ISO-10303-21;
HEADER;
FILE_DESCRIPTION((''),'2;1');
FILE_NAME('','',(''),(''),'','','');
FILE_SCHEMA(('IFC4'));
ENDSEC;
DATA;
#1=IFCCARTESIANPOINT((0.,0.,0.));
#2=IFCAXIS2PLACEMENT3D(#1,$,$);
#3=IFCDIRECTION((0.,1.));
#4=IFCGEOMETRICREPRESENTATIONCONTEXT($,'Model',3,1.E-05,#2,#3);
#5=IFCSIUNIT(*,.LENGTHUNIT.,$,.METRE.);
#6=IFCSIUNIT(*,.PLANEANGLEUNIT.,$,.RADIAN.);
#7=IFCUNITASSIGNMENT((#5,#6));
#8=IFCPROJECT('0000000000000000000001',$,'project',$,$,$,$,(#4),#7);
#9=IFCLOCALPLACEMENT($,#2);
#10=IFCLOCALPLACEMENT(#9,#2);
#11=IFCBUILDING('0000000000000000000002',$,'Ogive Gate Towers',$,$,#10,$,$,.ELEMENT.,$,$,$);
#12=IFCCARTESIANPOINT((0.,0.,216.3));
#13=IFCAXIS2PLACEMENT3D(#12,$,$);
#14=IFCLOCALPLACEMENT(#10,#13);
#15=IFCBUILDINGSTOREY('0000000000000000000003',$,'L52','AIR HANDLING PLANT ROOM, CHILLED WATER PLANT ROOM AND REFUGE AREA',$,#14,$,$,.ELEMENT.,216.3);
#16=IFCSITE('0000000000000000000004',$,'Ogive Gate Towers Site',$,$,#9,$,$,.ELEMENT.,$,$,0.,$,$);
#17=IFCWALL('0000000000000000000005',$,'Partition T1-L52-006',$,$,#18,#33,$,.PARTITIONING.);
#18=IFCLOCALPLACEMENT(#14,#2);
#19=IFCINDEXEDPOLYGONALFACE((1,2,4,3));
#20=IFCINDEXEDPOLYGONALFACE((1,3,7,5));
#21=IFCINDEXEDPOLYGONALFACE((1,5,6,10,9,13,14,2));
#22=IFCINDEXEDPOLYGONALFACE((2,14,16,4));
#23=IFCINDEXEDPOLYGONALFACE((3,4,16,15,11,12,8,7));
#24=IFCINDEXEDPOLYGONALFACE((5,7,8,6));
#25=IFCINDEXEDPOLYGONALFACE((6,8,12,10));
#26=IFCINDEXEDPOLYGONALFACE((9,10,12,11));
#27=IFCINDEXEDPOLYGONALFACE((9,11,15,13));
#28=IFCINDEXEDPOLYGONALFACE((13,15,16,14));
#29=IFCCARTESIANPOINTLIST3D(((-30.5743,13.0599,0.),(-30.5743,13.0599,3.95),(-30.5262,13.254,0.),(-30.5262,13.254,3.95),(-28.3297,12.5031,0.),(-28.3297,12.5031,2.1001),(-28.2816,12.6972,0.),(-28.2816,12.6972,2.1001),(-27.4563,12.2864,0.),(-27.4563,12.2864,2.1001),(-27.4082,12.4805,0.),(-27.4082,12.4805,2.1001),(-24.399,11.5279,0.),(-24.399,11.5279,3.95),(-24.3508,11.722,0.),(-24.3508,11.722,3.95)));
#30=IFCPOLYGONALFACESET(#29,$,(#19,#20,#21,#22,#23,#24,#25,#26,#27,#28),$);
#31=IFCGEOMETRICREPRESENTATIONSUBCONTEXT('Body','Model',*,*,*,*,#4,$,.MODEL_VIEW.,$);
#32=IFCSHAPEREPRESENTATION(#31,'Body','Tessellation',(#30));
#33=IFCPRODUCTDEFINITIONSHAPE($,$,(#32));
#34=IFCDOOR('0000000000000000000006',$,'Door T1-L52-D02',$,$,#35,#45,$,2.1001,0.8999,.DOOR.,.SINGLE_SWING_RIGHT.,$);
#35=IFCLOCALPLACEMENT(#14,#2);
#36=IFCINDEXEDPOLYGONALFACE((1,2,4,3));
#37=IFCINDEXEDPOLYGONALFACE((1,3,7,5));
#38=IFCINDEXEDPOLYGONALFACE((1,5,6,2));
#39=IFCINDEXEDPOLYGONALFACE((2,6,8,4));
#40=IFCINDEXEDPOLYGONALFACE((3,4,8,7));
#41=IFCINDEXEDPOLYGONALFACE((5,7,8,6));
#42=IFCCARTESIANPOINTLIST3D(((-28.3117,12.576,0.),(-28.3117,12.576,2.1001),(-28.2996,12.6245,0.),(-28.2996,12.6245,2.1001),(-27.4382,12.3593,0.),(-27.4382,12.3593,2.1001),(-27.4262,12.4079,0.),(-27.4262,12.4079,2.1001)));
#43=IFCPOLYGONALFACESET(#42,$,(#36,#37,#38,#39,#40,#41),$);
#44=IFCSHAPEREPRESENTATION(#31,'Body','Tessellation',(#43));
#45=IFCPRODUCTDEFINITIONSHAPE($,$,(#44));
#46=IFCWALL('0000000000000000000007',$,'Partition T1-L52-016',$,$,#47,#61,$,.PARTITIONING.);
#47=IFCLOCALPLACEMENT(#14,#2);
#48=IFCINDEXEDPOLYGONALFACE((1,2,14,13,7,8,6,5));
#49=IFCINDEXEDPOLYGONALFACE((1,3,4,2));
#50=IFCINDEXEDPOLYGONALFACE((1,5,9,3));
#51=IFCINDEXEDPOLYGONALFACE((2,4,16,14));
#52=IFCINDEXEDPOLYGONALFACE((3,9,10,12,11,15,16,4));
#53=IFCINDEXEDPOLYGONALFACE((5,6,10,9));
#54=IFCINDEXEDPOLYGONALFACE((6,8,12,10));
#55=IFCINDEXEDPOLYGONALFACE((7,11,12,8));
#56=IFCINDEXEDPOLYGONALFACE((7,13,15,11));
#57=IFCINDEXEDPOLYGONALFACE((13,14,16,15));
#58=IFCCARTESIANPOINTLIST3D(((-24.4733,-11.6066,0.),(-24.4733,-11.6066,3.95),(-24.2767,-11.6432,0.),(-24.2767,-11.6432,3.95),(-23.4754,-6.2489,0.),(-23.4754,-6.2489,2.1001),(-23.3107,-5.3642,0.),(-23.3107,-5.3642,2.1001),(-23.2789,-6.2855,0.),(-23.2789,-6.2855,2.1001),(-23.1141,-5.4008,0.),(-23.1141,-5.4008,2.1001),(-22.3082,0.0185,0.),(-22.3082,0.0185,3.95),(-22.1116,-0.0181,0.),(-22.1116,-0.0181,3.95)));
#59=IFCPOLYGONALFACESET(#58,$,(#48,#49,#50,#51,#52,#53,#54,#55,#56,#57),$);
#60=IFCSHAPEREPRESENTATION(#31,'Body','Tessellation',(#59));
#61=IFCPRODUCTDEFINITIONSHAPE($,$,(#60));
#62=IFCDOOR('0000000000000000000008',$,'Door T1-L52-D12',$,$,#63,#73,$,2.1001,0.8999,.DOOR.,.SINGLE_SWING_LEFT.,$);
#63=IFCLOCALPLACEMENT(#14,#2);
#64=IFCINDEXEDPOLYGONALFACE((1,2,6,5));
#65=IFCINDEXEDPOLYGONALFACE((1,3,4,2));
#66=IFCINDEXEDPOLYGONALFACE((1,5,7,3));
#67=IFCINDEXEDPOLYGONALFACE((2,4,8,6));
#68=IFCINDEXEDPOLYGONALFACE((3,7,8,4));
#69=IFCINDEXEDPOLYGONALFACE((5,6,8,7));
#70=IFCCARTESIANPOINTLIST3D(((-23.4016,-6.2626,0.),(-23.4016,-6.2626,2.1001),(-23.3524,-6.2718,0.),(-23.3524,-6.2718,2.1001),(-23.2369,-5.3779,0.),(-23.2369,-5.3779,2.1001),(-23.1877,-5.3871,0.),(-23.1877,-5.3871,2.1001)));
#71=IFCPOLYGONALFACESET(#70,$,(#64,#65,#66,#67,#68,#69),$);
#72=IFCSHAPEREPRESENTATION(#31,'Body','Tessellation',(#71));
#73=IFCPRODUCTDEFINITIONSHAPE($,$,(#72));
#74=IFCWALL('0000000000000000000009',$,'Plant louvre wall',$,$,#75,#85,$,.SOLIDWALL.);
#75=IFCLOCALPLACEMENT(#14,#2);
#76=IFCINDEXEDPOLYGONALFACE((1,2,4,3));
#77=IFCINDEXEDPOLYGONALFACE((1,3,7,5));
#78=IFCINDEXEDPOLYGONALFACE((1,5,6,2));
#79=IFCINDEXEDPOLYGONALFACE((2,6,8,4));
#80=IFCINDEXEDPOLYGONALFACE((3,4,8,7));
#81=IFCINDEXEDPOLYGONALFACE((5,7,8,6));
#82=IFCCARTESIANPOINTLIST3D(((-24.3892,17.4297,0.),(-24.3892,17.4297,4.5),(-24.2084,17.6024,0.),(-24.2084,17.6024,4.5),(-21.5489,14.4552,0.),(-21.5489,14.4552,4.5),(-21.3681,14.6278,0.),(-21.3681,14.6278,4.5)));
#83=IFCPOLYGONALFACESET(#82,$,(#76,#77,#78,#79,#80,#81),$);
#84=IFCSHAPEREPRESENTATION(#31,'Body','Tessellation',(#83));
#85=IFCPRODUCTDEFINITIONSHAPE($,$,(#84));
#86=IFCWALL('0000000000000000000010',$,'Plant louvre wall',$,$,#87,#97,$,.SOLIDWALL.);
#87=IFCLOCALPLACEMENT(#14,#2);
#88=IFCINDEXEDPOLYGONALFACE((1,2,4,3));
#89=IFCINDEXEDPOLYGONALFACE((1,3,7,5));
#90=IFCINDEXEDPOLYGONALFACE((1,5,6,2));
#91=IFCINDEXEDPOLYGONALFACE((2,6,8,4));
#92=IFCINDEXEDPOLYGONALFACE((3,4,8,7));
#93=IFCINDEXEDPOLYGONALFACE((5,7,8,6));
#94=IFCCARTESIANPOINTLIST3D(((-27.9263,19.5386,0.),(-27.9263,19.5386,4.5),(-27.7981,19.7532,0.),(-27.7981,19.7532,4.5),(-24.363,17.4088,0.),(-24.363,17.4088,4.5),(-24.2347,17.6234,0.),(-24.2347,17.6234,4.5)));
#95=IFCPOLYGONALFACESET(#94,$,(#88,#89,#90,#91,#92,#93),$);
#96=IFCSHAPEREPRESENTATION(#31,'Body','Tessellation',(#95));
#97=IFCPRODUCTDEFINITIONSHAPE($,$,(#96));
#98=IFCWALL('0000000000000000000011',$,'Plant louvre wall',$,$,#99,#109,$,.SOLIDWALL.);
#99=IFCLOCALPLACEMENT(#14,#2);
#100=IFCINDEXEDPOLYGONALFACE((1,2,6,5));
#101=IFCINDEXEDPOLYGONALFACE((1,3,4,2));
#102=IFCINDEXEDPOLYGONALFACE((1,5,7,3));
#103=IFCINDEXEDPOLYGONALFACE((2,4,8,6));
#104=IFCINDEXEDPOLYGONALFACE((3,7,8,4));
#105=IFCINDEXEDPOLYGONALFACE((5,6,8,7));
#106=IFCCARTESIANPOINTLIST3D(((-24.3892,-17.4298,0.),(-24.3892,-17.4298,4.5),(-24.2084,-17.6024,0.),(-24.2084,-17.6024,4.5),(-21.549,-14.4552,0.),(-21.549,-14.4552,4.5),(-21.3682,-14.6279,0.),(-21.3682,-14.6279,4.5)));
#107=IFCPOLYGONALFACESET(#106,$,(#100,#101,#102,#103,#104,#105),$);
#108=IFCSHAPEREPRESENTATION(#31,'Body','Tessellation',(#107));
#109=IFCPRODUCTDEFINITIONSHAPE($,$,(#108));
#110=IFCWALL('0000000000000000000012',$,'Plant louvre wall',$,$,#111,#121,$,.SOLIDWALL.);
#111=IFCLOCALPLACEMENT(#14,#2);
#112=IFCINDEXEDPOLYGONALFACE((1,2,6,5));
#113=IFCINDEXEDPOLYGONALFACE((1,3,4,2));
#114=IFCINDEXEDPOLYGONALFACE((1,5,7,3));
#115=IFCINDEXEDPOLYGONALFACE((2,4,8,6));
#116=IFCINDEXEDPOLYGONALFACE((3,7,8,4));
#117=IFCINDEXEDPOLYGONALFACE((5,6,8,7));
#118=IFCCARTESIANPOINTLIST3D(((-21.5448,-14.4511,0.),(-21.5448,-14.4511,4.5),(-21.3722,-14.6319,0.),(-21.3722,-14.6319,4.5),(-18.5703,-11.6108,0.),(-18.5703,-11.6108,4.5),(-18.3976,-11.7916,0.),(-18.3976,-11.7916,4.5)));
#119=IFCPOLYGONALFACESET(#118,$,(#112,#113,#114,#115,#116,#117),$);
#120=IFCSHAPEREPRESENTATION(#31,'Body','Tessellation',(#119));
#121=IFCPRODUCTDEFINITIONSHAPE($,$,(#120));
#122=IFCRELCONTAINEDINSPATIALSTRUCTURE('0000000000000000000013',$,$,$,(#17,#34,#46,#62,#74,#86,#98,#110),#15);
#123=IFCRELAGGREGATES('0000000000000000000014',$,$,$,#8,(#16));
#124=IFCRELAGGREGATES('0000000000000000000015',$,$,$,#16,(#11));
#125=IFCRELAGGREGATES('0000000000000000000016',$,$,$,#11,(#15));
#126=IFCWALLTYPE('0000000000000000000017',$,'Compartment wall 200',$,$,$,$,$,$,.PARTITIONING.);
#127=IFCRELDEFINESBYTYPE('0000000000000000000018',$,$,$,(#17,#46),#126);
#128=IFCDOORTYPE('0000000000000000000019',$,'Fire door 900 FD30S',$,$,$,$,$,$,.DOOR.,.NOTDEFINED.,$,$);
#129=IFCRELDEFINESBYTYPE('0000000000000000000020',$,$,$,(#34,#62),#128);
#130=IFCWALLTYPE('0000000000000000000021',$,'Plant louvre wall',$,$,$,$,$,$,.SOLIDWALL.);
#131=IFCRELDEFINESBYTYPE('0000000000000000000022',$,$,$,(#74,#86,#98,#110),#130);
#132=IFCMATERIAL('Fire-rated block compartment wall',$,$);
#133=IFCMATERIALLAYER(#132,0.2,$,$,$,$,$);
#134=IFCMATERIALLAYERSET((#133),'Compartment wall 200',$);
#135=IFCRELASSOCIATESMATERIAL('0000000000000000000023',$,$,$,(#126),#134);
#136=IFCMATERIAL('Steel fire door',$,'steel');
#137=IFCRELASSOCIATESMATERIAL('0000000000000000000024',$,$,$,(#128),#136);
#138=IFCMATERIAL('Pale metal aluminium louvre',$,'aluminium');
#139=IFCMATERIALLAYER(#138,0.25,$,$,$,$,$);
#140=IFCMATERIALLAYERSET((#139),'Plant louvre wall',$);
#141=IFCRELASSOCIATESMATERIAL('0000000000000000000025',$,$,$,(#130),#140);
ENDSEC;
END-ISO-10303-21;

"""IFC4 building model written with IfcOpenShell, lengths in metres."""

from ifc_helpers import new_model, si_unit, direction, frame, frame_2d, origin, place, context, subcontext, project, spatial, rectangle, extrude, material, layer, layer_set, type_object, element, fill, save


model = new_model("IFC4")

# Units and contexts
model_context = context("Model", 3, precision=1e-05, world=origin(), true_north=direction((0.0, 1.0)))
body_context = subcontext(model_context, "Body", "Model", "MODEL_VIEW")
ifc_project = project(units=[si_unit("LENGTHUNIT", "METRE"), si_unit("PLANEANGLEUNIT", "RADIAN")], contexts=[model_context])

# Site, building, storey
site_placement = place(None, origin())
site = spatial("IfcSite", under=ifc_project, at=site_placement, Name="Ogive Gate Towers Site", CompositionType="ELEMENT", RefElevation=0.0)
building_placement = place(site_placement, origin())
building = spatial("IfcBuilding", under=site, at=building_placement, Name="Ogive Gate Towers", CompositionType="ELEMENT")
storey_placement = place(building_placement, frame((0.0, 0.0, 216.3)))
storey = spatial("IfcBuildingStorey", under=building, at=storey_placement, Name="L52", Description="AIR HANDLING PLANT ROOM, CHILLED WATER PLANT ROOM AND REFUGE AREA", CompositionType="ELEMENT", Elevation=216.3)

# Walls, openings, doors
ifc_material_1 = material(Name="Fire-rated block compartment wall")
ifc_layer_1 = layer(ifc_material_1, 0.2)
ifc_layer_set_1 = layer_set([ifc_layer_1], Name="Compartment wall 200")
wall_type_1 = type_object("IfcWallType", Name="Compartment wall 200", PredefinedType="PARTITIONING", material=ifc_layer_set_1)
ifc_material_2 = material(Name="Steel fire door", Category="steel")
door_type = type_object("IfcDoorType", Name="Fire door 900 FD30S", OperationType="NOTDEFINED", PredefinedType="DOOR", material=ifc_material_2)
wall_1_placement = place(storey_placement, frame((-24.375, 11.625, 0.0), z_axis=(0.0, 0.0, 1.0), x_axis=(-0.970579, 0.240784, 0.0)))
wall_1 = element("IfcWall", 1, at=wall_1_placement, inside=storey, type_object=wall_type_1, Name="Partition T1-L52-006", PredefinedType="PARTITIONING", context=body_context, shape_type="SweptSolid", body=[
    extrude(rectangle(XDim=6.3625, YDim=0.2, at=frame_2d((3.1812, 0.0))), origin(), (0.0, 0.0, 1.0), 3.95),
])
opening_1_placement = place(wall_1_placement, frame((3.1499, 0.0, 0.0)))
opening_1 = element("IfcOpeningElement", 2, at=opening_1_placement, cuts=wall_1, PredefinedType="OPENING", context=body_context, shape_type="SweptSolid", body=[
    extrude(rectangle(XDim=0.8999, YDim=2.1001, at=frame_2d((0.45, 1.05))), frame((0.0, 0.1099, 0.0), z_axis=(0.0, -1.0, 0.0), x_axis=(1.0, 0.0, 0.0)), (0.0, 0.0, 1.0), 0.22),
])
door_1_placement = place(opening_1_placement, origin())
door_1 = element("IfcDoor", 3, at=door_1_placement, inside=storey, type_object=door_type, Name="Door T1-L52-D02", OperationType="SINGLE_SWING_RIGHT", OverallHeight=2.1001, OverallWidth=0.8999, PredefinedType="DOOR", context=body_context, shape_type="SweptSolid", body=[
    extrude(rectangle(XDim=0.8999, YDim=2.1001, at=frame_2d((0.45, 1.05))), frame((0.0, 0.0249, 0.0), z_axis=(0.0, -1.0, 0.0), x_axis=(1.0, 0.0, 0.0)), (0.0, 0.0, 1.0), 0.05),
])
fill(opening_1, door_1)
wall_2_placement = place(storey_placement, frame((-24.375, -11.625, 0.0), z_axis=(0.0, 0.0, 1.0), x_axis=(0.183092, 0.983096, 0.0)))
wall_2 = element("IfcWall", 4, at=wall_2_placement, inside=storey, type_object=wall_type_1, Name="Partition T1-L52-016", PredefinedType="PARTITIONING", context=body_context, shape_type="SweptSolid", body=[
    extrude(rectangle(XDim=11.825, YDim=0.2, at=frame_2d((5.9126, 0.0))), origin(), (0.0, 0.0, 1.0), 3.95),
])
opening_2_placement = place(wall_2_placement, frame((5.45, 0.0, 0.0)))
opening_2 = element("IfcOpeningElement", 5, at=opening_2_placement, cuts=wall_2, PredefinedType="OPENING", context=body_context, shape_type="SweptSolid", body=[
    extrude(rectangle(XDim=0.8999, YDim=2.1001, at=frame_2d((0.45, 1.05))), frame((0.0, 0.1099, 0.0), z_axis=(0.0, -1.0, 0.0), x_axis=(1.0, 0.0, 0.0)), (0.0, 0.0, 1.0), 0.22),
])
door_2_placement = place(opening_2_placement, origin())
door_2 = element("IfcDoor", 6, at=door_2_placement, inside=storey, type_object=door_type, Name="Door T1-L52-D12", OperationType="SINGLE_SWING_LEFT", OverallHeight=2.1001, OverallWidth=0.8999, PredefinedType="DOOR", context=body_context, shape_type="SweptSolid", body=[
    extrude(rectangle(XDim=0.8999, YDim=2.1001, at=frame_2d((0.45, 1.05))), frame((0.0, 0.0249, 0.0), z_axis=(0.0, -1.0, 0.0), x_axis=(1.0, 0.0, 0.0)), (0.0, 0.0, 1.0), 0.05),
])
fill(opening_2, door_2)

# Walls
ifc_material_3 = material(Name="Pale metal aluminium louvre", Category="aluminium")
ifc_layer_2 = layer(ifc_material_3, 0.25)
ifc_layer_set_2 = layer_set([ifc_layer_2], Name="Plant louvre wall")
wall_type_2 = type_object("IfcWallType", Name="Plant louvre wall", PredefinedType="SOLIDWALL", material=ifc_layer_set_2)
wall_3_placement = place(storey_placement, frame((-21.4585, 14.5415, 0.0), z_axis=(0.0, 0.0, 1.0), x_axis=(-0.690594, 0.723242, 0.0)))
element("IfcWall", 7, at=wall_3_placement, inside=storey, type_object=wall_type_2, Name="Plant louvre wall", PredefinedType="SOLIDWALL", context=body_context, shape_type="SweptSolid", body=[
    extrude(rectangle(XDim=4.1128, YDim=0.25, at=frame_2d((2.0564, 0.0))), origin(), (0.0, 0.0, 1.0), 4.5),
])
wall_4_placement = place(storey_placement, frame((-24.2988, 17.5161, 0.0), z_axis=(0.0, 0.0, 1.0), x_axis=(-0.858363, 0.513042, 0.0)))
element("IfcWall", 8, at=wall_4_placement, inside=storey, type_object=wall_type_2, Name="Plant louvre wall", PredefinedType="SOLIDWALL", context=body_context, shape_type="SweptSolid", body=[
    extrude(rectangle(XDim=4.1514, YDim=0.25, at=frame_2d((2.0757, 0.0))), origin(), (0.0, 0.0, 1.0), 4.5),
])
for number, where, z_axis, x_axis, name in (
    (9, (-24.2988, -17.5161, 0.0), (0.0, 0.0, 1.0), (0.690594, 0.723242, 0.0), "Plant louvre wall"),
    (10, (-21.4585, -14.5415, 0.0), (0.0, 0.0, 1.0), (0.723242, 0.690594, 0.0), "Plant louvre wall"),
):
    element("IfcWall", number, at=place(storey_placement, frame(where, z_axis=z_axis, x_axis=x_axis)), inside=storey, type_object=wall_type_2, Name=name, PredefinedType="SOLIDWALL", context=body_context, shape_type="SweptSolid", body=[
        extrude(rectangle(XDim=4.1128, YDim=0.25, at=frame_2d((2.0564, 0.0))), origin(), (0.0, 0.0, 1.0), 4.5),
    ])

save(model, "model.ifc")
